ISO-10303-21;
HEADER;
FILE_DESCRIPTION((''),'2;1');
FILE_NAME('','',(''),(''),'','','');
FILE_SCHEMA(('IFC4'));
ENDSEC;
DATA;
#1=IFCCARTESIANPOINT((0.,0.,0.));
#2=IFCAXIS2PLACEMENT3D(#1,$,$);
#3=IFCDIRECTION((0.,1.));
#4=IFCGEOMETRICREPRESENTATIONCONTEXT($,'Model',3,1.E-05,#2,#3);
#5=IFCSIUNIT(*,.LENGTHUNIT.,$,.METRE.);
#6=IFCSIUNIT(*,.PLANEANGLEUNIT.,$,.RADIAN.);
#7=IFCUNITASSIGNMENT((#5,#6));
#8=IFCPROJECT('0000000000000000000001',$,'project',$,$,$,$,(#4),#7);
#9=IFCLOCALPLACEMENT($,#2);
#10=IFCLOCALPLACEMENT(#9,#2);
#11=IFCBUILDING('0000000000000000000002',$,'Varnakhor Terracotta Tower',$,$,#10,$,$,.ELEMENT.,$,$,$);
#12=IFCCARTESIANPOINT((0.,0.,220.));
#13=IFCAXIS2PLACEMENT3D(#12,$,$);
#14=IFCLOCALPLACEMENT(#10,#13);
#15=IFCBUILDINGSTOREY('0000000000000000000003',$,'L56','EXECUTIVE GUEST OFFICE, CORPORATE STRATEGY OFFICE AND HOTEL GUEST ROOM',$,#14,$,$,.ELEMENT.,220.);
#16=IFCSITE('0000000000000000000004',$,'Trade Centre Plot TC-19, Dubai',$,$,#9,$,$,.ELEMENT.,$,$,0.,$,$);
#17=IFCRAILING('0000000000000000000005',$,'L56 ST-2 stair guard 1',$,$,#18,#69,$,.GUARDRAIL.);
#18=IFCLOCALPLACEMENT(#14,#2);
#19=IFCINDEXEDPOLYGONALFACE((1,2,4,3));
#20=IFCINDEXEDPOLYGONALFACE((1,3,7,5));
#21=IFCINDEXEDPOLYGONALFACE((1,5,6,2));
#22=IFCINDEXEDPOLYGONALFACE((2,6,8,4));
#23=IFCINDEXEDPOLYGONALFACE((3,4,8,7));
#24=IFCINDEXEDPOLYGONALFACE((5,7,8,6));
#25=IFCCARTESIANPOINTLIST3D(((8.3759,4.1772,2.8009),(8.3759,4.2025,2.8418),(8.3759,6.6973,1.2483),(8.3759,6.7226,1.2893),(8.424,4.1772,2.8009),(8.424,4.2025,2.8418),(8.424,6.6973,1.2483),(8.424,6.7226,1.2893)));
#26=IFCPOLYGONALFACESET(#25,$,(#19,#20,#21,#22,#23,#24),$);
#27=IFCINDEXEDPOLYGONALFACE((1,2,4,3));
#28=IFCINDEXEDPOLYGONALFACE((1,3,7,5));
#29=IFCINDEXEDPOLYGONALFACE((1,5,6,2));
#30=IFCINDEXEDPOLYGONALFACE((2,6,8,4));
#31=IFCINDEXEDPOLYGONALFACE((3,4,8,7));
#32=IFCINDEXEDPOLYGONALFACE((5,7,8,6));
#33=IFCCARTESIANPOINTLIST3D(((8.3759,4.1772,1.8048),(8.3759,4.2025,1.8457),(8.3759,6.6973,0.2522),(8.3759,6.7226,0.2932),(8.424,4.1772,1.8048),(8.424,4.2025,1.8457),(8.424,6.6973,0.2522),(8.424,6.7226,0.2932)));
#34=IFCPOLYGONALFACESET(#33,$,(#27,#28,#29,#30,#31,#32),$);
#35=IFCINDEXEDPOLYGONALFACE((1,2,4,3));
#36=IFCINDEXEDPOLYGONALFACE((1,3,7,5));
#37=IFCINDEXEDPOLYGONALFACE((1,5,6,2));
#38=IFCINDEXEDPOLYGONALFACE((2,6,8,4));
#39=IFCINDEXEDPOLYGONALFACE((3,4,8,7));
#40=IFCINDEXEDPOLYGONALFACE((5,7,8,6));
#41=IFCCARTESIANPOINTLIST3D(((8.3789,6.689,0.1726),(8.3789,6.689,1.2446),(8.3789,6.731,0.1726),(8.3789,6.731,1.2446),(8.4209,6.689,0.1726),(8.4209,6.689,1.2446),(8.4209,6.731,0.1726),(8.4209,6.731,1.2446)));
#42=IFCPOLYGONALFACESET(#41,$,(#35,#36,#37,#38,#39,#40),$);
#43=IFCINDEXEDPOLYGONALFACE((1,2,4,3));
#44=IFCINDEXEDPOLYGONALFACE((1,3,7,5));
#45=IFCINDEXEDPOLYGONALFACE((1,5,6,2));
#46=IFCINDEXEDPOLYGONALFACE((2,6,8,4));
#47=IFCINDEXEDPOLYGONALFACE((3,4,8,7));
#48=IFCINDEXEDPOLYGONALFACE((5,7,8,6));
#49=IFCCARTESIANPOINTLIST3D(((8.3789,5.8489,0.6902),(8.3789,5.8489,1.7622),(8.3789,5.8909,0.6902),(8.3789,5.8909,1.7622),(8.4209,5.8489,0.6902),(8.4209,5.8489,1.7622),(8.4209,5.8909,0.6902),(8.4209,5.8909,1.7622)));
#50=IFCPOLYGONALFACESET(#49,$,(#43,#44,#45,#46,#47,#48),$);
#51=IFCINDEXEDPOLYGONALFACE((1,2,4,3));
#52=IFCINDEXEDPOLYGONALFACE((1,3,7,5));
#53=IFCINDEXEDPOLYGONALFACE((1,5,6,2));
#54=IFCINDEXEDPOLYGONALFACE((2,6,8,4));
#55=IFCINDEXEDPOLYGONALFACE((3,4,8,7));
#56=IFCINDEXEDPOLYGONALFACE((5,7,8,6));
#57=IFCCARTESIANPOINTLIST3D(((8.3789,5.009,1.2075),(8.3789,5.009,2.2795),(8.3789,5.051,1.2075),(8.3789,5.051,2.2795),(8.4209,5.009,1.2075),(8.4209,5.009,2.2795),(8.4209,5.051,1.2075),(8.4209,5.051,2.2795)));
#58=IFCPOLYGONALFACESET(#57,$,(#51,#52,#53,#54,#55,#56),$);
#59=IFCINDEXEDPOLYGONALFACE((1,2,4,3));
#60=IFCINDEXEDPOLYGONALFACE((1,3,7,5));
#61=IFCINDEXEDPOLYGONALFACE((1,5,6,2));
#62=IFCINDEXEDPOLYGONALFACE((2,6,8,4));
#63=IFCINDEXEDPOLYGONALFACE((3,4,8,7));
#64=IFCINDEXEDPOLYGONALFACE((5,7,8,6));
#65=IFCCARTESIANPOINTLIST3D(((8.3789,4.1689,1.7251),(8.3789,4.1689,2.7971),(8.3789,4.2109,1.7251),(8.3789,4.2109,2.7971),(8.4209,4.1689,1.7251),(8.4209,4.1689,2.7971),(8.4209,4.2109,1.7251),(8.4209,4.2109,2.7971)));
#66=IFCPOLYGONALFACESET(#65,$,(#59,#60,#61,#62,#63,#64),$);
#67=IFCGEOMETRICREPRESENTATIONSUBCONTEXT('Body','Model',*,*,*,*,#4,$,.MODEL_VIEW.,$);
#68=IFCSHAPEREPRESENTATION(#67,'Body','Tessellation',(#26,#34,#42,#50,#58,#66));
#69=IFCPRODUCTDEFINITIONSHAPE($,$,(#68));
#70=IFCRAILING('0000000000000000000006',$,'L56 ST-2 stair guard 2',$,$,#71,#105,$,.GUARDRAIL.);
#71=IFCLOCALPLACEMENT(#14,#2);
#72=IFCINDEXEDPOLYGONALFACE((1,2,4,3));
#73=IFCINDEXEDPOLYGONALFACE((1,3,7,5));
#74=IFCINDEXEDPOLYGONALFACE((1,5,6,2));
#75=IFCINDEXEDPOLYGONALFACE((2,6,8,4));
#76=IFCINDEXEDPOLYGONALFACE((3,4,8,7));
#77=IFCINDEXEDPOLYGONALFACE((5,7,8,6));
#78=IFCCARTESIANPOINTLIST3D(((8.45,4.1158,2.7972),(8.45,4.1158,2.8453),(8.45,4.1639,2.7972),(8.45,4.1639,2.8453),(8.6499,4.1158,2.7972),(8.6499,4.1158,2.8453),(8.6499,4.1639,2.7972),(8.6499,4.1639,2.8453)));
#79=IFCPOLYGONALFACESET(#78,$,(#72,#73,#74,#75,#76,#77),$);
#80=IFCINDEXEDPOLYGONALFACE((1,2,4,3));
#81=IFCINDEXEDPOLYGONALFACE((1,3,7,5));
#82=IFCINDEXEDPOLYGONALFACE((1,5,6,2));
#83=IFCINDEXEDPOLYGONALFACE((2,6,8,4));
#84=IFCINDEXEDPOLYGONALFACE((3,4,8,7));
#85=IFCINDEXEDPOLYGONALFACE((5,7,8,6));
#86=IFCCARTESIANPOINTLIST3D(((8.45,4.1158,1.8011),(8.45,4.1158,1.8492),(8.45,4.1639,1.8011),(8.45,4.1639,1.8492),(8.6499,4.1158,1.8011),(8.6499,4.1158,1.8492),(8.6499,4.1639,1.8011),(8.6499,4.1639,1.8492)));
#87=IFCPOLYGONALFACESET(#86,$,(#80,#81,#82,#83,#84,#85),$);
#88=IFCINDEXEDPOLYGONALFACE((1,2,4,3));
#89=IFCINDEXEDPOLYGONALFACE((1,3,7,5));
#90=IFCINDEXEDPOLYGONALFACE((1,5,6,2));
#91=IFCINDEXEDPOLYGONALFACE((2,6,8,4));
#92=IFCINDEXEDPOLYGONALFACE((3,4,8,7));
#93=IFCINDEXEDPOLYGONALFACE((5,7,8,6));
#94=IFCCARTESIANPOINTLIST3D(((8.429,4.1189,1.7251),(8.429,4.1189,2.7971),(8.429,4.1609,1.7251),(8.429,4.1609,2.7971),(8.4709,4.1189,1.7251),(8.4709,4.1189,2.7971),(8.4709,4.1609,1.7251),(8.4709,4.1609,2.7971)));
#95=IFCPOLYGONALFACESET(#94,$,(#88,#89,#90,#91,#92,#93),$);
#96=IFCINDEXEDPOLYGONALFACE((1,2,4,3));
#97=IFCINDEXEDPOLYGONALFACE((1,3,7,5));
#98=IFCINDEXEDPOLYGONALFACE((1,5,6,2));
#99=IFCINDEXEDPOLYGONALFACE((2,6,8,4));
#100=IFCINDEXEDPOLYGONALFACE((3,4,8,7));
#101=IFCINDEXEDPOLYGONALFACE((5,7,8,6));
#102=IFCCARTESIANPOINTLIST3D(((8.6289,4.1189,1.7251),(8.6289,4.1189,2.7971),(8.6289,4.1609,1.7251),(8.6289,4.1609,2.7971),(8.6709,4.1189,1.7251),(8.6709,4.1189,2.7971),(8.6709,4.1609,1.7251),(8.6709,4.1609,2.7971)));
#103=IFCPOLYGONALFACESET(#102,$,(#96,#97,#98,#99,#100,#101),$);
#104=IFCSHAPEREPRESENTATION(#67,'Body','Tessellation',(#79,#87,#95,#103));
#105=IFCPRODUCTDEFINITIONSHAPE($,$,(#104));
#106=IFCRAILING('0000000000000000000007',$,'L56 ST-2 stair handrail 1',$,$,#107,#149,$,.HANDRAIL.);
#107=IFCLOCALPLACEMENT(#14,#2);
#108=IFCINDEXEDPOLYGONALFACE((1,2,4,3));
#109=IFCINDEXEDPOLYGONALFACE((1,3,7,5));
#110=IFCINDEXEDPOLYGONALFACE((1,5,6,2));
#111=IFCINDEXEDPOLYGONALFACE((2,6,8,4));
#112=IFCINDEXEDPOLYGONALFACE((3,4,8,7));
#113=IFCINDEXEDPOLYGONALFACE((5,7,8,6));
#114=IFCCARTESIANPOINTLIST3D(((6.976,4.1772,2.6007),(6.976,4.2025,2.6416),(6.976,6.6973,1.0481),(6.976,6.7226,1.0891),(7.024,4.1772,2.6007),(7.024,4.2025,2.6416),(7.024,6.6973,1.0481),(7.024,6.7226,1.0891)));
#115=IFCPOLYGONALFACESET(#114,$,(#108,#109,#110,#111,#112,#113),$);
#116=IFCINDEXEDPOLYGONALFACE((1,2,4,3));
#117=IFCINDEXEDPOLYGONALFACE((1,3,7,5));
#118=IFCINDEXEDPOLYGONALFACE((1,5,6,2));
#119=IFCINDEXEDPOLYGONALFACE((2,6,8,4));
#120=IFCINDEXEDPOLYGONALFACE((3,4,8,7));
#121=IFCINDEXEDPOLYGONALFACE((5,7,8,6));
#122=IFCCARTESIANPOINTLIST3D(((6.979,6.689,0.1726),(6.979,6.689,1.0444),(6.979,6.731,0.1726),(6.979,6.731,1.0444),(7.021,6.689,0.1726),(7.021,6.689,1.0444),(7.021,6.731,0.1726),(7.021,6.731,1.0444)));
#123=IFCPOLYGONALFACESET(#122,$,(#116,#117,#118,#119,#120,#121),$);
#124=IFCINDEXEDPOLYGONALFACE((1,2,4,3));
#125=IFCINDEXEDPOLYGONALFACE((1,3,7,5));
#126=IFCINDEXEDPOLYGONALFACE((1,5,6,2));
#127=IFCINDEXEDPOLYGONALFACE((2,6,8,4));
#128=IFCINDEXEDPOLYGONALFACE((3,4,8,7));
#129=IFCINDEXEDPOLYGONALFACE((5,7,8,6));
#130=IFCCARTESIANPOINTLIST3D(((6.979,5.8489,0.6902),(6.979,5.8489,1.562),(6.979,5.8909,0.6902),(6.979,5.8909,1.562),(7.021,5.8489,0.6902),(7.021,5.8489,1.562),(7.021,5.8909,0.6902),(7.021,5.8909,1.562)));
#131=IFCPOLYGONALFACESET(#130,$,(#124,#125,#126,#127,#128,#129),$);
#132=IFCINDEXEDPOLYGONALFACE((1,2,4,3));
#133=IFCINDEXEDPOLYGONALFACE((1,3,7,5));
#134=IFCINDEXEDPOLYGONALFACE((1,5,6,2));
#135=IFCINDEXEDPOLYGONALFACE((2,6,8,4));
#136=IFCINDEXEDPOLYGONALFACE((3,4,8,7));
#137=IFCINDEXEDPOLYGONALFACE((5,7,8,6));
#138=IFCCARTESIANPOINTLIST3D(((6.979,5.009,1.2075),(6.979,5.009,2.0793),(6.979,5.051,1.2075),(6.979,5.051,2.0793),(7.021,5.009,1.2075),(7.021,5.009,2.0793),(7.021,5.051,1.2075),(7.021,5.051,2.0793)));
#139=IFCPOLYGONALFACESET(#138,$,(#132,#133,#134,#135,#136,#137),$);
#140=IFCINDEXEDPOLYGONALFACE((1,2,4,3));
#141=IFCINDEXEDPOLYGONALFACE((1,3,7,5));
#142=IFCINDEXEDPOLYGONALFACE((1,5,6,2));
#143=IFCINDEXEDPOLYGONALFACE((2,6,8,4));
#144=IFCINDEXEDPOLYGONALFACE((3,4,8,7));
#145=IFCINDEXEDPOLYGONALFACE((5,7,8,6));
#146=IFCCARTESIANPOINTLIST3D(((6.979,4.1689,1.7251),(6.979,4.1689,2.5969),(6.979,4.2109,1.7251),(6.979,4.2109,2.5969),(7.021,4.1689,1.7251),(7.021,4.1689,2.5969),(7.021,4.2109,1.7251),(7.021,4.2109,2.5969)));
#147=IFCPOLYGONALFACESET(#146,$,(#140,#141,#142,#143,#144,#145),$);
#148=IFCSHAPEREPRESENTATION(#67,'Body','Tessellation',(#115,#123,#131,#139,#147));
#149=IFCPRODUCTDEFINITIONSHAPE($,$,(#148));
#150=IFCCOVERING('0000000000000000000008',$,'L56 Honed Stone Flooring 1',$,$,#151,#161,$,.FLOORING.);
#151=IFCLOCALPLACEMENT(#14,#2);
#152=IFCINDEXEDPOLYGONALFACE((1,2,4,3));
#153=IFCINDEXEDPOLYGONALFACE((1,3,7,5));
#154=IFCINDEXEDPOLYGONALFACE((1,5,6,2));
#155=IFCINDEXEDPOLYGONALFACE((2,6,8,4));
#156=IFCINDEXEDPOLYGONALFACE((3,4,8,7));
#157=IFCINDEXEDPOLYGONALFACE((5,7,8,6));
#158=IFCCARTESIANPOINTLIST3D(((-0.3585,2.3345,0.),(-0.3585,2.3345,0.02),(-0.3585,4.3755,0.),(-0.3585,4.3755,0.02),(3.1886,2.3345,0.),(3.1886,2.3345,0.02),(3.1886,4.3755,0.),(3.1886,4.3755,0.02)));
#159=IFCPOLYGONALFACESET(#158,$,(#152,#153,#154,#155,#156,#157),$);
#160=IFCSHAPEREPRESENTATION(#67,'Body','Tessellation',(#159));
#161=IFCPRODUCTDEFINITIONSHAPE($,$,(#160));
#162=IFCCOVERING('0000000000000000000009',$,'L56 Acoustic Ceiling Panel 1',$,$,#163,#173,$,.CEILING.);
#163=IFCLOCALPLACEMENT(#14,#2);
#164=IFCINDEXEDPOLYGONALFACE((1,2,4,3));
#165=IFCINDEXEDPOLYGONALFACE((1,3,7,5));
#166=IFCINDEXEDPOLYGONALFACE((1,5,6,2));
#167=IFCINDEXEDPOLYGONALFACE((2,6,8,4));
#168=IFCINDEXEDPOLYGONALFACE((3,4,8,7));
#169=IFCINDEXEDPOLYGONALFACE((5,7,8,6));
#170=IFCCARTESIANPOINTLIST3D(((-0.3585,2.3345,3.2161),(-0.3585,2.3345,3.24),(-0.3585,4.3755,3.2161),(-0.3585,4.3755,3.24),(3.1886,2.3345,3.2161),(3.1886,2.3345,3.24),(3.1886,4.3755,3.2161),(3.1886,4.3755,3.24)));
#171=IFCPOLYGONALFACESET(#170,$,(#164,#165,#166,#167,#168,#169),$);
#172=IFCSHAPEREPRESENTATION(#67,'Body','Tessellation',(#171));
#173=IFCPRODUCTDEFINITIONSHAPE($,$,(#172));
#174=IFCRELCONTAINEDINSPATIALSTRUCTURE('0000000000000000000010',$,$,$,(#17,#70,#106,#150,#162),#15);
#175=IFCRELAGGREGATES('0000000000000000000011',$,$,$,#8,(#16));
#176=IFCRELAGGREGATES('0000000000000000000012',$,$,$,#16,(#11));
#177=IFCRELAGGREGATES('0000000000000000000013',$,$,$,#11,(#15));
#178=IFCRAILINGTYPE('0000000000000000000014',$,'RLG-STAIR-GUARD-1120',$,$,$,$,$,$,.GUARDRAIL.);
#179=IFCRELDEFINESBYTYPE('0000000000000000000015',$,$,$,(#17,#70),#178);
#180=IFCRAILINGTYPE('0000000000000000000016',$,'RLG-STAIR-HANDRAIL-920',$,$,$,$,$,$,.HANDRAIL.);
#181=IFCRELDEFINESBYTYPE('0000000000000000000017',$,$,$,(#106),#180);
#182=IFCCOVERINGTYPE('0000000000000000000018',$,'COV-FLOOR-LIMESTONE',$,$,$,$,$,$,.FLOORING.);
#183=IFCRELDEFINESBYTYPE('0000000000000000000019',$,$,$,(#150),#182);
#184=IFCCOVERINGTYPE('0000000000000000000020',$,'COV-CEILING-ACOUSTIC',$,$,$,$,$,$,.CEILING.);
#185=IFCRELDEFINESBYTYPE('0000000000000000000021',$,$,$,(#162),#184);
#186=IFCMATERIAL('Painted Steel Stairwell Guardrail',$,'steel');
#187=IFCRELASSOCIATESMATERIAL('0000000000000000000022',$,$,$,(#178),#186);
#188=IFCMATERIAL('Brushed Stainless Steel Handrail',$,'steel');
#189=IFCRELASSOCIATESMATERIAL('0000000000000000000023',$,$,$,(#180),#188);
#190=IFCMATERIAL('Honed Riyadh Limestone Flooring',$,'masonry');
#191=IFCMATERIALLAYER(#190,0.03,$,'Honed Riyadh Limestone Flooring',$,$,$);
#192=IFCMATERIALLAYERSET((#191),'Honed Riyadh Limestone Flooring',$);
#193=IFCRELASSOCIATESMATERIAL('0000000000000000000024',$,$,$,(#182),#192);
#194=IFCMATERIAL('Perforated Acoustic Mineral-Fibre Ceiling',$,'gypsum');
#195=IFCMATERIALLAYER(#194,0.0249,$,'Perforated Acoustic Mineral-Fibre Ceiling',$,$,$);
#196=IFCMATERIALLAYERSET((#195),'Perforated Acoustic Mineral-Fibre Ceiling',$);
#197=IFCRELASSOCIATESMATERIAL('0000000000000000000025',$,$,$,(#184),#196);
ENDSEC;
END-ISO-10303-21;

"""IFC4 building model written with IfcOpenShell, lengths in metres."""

from ifc_helpers import new_model, si_unit, direction, frame, origin, origin_2d, place, context, subcontext, project, spatial, rectangle, extrude, source, transform, mapped, material, layer, layer_set, type_object, element, save


model = new_model("IFC4")

# Units and contexts
model_context = context("Model", 3, precision=1e-05, world=origin(), true_north=direction((0.0, 1.0)))
body_context = subcontext(model_context, "Body", "Model", "MODEL_VIEW")
ifc_project = project(units=[si_unit("LENGTHUNIT", "METRE"), si_unit("PLANEANGLEUNIT", "RADIAN")], contexts=[model_context])

# Site, building, storey
site_placement = place(None, origin())
site = spatial("IfcSite", under=ifc_project, at=site_placement, Name="Trade Centre Plot TC-19, Dubai", CompositionType="ELEMENT", RefElevation=0.0)
building_placement = place(site_placement, origin())
building = spatial("IfcBuilding", under=site, at=building_placement, Name="Varnakhor Terracotta Tower", CompositionType="ELEMENT")
storey_placement = place(building_placement, frame((0.0, 0.0, 220.0)))
storey = spatial("IfcBuildingStorey", under=building, at=storey_placement, Name="L56", Description="EXECUTIVE GUEST OFFICE, CORPORATE STRATEGY OFFICE AND HOTEL GUEST ROOM", CompositionType="ELEMENT", Elevation=220.0)

# Railings
ifc_material_1 = material(Name="Painted Steel Stairwell Guardrail", Category="steel")
railing_type_1 = type_object("IfcRailingType", Name="RLG-STAIR-GUARD-1120", PredefinedType="GUARDRAIL", material=ifc_material_1)
railing_1_placement = place(storey_placement, frame((8.3999, 6.71, 0.1726)))
element("IfcRailing", 1, at=railing_1_placement, inside=storey, type_object=railing_type_1, Name="L56 ST-2 stair guard 1", PredefinedType="GUARDRAIL", context=body_context, shape_type="SweptSolid", body=[
    extrude(rectangle(XDim=0.0481, YDim=0.0481, at=origin_2d()), frame((0.0, 0.0, 1.0962), z_axis=(0.0, -0.8514, 0.524516), x_axis=(1.0, 0.0, 0.0)), (0.0, 0.0, 1.0), 2.96),
    extrude(rectangle(XDim=0.0481, YDim=0.0481, at=origin_2d()), frame((0.0, 0.0, 0.1001), z_axis=(0.0, -0.8514, 0.524516), x_axis=(1.0, 0.0, 0.0)), (0.0, 0.0, 1.0), 2.96),
    extrude(rectangle(XDim=0.042, YDim=0.042, at=origin_2d()), origin(), (0.0, 0.0, 1.0), 1.072),
    extrude(rectangle(XDim=0.042, YDim=0.042, at=origin_2d()), frame((0.0, -0.8401, 0.5176)), (0.0, 0.0, 1.0), 1.072),
    extrude(rectangle(XDim=0.042, YDim=0.042, at=origin_2d()), frame((0.0, -1.6799, 1.0349)), (0.0, 0.0, 1.0), 1.072),
    extrude(rectangle(XDim=0.042, YDim=0.042, at=origin_2d()), frame((0.0, -2.52, 1.5525)), (0.0, 0.0, 1.0), 1.072),
])
railing_2_placement = place(storey_placement, frame((8.45, 4.1399, 1.7251)))
element("IfcRailing", 2, at=railing_2_placement, inside=storey, type_object=railing_type_1, Name="L56 ST-2 stair guard 2", PredefinedType="GUARDRAIL", context=body_context, shape_type="SweptSolid", body=[
    extrude(rectangle(XDim=0.0481, YDim=0.0481, at=origin_2d()), frame((0.0, 0.0, 1.0962), z_axis=(1.0, 0.0, 0.0), x_axis=(0.0, 1.0, 0.0)), (0.0, 0.0, 1.0), 0.2),
    extrude(rectangle(XDim=0.0481, YDim=0.0481, at=origin_2d()), frame((0.0, 0.0, 0.1001), z_axis=(1.0, 0.0, 0.0), x_axis=(0.0, 1.0, 0.0)), (0.0, 0.0, 1.0), 0.2),
    extrude(rectangle(XDim=0.042, YDim=0.042, at=origin_2d()), origin(), (0.0, 0.0, 1.0), 1.072),
    extrude(rectangle(XDim=0.042, YDim=0.042, at=origin_2d()), frame((0.2, 0.0, 0.0)), (0.0, 0.0, 1.0), 1.072),
])
ifc_material_2 = material(Name="Brushed Stainless Steel Handrail", Category="steel")
railing_type_2 = type_object("IfcRailingType", Name="RLG-STAIR-HANDRAIL-920", PredefinedType="HANDRAIL", material=ifc_material_2)
railing_3_placement = place(storey_placement, frame((7.0, 6.71, 0.1726)))
element("IfcRailing", 3, at=railing_3_placement, inside=storey, type_object=railing_type_2, Name="L56 ST-2 stair handrail 1", PredefinedType="HANDRAIL", context=body_context, shape_type="SweptSolid", body=[
    extrude(rectangle(XDim=0.0481, YDim=0.0481, at=origin_2d()), frame((0.0, 0.0, 0.896), z_axis=(0.0, -0.8514, 0.524516), x_axis=(1.0, 0.0, 0.0)), (0.0, 0.0, 1.0), 2.96),
    extrude(rectangle(XDim=0.042, YDim=0.042, at=origin_2d()), origin(), (0.0, 0.0, 1.0), 0.8718),
    extrude(rectangle(XDim=0.042, YDim=0.042, at=origin_2d()), frame((0.0, -0.8401, 0.5176)), (0.0, 0.0, 1.0), 0.8718),
    extrude(rectangle(XDim=0.042, YDim=0.042, at=origin_2d()), frame((0.0, -1.6799, 1.0349)), (0.0, 0.0, 1.0), 0.8718),
    extrude(rectangle(XDim=0.042, YDim=0.042, at=origin_2d()), frame((0.0, -2.52, 1.5525)), (0.0, 0.0, 1.0), 0.8718),
])

# Coverings
ifc_material_3 = material(Name="Honed Riyadh Limestone Flooring", Category="masonry")
ifc_layer_1 = layer(ifc_material_3, 0.03, Name="Honed Riyadh Limestone Flooring")
ifc_layer_set_1 = layer_set([ifc_layer_1], Name="Honed Riyadh Limestone Flooring")
covering_type_1 = type_object("IfcCoveringType", Name="COV-FLOOR-LIMESTONE", PredefinedType="FLOORING", material=ifc_layer_set_1)
shared_shape_1 = source(origin(), body_context, "Body", "SweptSolid", [
    extrude(rectangle(XDim=3.5471, YDim=2.041, at=origin_2d()), origin(), (0.0, 0.0, 1.0), 0.02),
])
covering_1_placement = place(storey_placement, frame((1.415, 3.355, 0.0), z_axis=(0.0, 0.0, 1.0), x_axis=(1.0, 0.0, 0.0)))
element("IfcCovering", 4, at=covering_1_placement, inside=storey, type_object=covering_type_1, Name="L56 Honed Stone Flooring 1", PredefinedType="FLOORING", context=body_context, shape_type="MappedRepresentation", body=[
    mapped(shared_shape_1, transform((0.0, 0.0, 0.0), scale=1.0)),
])
ifc_material_4 = material(Name="Perforated Acoustic Mineral-Fibre Ceiling", Category="gypsum")
ifc_layer_2 = layer(ifc_material_4, 0.0249, Name="Perforated Acoustic Mineral-Fibre Ceiling")
ifc_layer_set_2 = layer_set([ifc_layer_2], Name="Perforated Acoustic Mineral-Fibre Ceiling")
covering_type_2 = type_object("IfcCoveringType", Name="COV-CEILING-ACOUSTIC", PredefinedType="CEILING", material=ifc_layer_set_2)
shared_shape_2 = source(origin(), body_context, "Body", "SweptSolid", [
    extrude(rectangle(XDim=3.5471, YDim=2.041, at=origin_2d()), origin(), (0.0, 0.0, 1.0), 0.0239),
])
covering_2_placement = place(storey_placement, frame((1.415, 3.355, 3.2161), z_axis=(0.0, 0.0, 1.0), x_axis=(1.0, 0.0, 0.0)))
element("IfcCovering", 5, at=covering_2_placement, inside=storey, type_object=covering_type_2, Name="L56 Acoustic Ceiling Panel 1", PredefinedType="CEILING", context=body_context, shape_type="MappedRepresentation", body=[
    mapped(shared_shape_2, transform((0.0, 0.0, 0.0), scale=1.0)),
])

save(model, "model.ifc")
